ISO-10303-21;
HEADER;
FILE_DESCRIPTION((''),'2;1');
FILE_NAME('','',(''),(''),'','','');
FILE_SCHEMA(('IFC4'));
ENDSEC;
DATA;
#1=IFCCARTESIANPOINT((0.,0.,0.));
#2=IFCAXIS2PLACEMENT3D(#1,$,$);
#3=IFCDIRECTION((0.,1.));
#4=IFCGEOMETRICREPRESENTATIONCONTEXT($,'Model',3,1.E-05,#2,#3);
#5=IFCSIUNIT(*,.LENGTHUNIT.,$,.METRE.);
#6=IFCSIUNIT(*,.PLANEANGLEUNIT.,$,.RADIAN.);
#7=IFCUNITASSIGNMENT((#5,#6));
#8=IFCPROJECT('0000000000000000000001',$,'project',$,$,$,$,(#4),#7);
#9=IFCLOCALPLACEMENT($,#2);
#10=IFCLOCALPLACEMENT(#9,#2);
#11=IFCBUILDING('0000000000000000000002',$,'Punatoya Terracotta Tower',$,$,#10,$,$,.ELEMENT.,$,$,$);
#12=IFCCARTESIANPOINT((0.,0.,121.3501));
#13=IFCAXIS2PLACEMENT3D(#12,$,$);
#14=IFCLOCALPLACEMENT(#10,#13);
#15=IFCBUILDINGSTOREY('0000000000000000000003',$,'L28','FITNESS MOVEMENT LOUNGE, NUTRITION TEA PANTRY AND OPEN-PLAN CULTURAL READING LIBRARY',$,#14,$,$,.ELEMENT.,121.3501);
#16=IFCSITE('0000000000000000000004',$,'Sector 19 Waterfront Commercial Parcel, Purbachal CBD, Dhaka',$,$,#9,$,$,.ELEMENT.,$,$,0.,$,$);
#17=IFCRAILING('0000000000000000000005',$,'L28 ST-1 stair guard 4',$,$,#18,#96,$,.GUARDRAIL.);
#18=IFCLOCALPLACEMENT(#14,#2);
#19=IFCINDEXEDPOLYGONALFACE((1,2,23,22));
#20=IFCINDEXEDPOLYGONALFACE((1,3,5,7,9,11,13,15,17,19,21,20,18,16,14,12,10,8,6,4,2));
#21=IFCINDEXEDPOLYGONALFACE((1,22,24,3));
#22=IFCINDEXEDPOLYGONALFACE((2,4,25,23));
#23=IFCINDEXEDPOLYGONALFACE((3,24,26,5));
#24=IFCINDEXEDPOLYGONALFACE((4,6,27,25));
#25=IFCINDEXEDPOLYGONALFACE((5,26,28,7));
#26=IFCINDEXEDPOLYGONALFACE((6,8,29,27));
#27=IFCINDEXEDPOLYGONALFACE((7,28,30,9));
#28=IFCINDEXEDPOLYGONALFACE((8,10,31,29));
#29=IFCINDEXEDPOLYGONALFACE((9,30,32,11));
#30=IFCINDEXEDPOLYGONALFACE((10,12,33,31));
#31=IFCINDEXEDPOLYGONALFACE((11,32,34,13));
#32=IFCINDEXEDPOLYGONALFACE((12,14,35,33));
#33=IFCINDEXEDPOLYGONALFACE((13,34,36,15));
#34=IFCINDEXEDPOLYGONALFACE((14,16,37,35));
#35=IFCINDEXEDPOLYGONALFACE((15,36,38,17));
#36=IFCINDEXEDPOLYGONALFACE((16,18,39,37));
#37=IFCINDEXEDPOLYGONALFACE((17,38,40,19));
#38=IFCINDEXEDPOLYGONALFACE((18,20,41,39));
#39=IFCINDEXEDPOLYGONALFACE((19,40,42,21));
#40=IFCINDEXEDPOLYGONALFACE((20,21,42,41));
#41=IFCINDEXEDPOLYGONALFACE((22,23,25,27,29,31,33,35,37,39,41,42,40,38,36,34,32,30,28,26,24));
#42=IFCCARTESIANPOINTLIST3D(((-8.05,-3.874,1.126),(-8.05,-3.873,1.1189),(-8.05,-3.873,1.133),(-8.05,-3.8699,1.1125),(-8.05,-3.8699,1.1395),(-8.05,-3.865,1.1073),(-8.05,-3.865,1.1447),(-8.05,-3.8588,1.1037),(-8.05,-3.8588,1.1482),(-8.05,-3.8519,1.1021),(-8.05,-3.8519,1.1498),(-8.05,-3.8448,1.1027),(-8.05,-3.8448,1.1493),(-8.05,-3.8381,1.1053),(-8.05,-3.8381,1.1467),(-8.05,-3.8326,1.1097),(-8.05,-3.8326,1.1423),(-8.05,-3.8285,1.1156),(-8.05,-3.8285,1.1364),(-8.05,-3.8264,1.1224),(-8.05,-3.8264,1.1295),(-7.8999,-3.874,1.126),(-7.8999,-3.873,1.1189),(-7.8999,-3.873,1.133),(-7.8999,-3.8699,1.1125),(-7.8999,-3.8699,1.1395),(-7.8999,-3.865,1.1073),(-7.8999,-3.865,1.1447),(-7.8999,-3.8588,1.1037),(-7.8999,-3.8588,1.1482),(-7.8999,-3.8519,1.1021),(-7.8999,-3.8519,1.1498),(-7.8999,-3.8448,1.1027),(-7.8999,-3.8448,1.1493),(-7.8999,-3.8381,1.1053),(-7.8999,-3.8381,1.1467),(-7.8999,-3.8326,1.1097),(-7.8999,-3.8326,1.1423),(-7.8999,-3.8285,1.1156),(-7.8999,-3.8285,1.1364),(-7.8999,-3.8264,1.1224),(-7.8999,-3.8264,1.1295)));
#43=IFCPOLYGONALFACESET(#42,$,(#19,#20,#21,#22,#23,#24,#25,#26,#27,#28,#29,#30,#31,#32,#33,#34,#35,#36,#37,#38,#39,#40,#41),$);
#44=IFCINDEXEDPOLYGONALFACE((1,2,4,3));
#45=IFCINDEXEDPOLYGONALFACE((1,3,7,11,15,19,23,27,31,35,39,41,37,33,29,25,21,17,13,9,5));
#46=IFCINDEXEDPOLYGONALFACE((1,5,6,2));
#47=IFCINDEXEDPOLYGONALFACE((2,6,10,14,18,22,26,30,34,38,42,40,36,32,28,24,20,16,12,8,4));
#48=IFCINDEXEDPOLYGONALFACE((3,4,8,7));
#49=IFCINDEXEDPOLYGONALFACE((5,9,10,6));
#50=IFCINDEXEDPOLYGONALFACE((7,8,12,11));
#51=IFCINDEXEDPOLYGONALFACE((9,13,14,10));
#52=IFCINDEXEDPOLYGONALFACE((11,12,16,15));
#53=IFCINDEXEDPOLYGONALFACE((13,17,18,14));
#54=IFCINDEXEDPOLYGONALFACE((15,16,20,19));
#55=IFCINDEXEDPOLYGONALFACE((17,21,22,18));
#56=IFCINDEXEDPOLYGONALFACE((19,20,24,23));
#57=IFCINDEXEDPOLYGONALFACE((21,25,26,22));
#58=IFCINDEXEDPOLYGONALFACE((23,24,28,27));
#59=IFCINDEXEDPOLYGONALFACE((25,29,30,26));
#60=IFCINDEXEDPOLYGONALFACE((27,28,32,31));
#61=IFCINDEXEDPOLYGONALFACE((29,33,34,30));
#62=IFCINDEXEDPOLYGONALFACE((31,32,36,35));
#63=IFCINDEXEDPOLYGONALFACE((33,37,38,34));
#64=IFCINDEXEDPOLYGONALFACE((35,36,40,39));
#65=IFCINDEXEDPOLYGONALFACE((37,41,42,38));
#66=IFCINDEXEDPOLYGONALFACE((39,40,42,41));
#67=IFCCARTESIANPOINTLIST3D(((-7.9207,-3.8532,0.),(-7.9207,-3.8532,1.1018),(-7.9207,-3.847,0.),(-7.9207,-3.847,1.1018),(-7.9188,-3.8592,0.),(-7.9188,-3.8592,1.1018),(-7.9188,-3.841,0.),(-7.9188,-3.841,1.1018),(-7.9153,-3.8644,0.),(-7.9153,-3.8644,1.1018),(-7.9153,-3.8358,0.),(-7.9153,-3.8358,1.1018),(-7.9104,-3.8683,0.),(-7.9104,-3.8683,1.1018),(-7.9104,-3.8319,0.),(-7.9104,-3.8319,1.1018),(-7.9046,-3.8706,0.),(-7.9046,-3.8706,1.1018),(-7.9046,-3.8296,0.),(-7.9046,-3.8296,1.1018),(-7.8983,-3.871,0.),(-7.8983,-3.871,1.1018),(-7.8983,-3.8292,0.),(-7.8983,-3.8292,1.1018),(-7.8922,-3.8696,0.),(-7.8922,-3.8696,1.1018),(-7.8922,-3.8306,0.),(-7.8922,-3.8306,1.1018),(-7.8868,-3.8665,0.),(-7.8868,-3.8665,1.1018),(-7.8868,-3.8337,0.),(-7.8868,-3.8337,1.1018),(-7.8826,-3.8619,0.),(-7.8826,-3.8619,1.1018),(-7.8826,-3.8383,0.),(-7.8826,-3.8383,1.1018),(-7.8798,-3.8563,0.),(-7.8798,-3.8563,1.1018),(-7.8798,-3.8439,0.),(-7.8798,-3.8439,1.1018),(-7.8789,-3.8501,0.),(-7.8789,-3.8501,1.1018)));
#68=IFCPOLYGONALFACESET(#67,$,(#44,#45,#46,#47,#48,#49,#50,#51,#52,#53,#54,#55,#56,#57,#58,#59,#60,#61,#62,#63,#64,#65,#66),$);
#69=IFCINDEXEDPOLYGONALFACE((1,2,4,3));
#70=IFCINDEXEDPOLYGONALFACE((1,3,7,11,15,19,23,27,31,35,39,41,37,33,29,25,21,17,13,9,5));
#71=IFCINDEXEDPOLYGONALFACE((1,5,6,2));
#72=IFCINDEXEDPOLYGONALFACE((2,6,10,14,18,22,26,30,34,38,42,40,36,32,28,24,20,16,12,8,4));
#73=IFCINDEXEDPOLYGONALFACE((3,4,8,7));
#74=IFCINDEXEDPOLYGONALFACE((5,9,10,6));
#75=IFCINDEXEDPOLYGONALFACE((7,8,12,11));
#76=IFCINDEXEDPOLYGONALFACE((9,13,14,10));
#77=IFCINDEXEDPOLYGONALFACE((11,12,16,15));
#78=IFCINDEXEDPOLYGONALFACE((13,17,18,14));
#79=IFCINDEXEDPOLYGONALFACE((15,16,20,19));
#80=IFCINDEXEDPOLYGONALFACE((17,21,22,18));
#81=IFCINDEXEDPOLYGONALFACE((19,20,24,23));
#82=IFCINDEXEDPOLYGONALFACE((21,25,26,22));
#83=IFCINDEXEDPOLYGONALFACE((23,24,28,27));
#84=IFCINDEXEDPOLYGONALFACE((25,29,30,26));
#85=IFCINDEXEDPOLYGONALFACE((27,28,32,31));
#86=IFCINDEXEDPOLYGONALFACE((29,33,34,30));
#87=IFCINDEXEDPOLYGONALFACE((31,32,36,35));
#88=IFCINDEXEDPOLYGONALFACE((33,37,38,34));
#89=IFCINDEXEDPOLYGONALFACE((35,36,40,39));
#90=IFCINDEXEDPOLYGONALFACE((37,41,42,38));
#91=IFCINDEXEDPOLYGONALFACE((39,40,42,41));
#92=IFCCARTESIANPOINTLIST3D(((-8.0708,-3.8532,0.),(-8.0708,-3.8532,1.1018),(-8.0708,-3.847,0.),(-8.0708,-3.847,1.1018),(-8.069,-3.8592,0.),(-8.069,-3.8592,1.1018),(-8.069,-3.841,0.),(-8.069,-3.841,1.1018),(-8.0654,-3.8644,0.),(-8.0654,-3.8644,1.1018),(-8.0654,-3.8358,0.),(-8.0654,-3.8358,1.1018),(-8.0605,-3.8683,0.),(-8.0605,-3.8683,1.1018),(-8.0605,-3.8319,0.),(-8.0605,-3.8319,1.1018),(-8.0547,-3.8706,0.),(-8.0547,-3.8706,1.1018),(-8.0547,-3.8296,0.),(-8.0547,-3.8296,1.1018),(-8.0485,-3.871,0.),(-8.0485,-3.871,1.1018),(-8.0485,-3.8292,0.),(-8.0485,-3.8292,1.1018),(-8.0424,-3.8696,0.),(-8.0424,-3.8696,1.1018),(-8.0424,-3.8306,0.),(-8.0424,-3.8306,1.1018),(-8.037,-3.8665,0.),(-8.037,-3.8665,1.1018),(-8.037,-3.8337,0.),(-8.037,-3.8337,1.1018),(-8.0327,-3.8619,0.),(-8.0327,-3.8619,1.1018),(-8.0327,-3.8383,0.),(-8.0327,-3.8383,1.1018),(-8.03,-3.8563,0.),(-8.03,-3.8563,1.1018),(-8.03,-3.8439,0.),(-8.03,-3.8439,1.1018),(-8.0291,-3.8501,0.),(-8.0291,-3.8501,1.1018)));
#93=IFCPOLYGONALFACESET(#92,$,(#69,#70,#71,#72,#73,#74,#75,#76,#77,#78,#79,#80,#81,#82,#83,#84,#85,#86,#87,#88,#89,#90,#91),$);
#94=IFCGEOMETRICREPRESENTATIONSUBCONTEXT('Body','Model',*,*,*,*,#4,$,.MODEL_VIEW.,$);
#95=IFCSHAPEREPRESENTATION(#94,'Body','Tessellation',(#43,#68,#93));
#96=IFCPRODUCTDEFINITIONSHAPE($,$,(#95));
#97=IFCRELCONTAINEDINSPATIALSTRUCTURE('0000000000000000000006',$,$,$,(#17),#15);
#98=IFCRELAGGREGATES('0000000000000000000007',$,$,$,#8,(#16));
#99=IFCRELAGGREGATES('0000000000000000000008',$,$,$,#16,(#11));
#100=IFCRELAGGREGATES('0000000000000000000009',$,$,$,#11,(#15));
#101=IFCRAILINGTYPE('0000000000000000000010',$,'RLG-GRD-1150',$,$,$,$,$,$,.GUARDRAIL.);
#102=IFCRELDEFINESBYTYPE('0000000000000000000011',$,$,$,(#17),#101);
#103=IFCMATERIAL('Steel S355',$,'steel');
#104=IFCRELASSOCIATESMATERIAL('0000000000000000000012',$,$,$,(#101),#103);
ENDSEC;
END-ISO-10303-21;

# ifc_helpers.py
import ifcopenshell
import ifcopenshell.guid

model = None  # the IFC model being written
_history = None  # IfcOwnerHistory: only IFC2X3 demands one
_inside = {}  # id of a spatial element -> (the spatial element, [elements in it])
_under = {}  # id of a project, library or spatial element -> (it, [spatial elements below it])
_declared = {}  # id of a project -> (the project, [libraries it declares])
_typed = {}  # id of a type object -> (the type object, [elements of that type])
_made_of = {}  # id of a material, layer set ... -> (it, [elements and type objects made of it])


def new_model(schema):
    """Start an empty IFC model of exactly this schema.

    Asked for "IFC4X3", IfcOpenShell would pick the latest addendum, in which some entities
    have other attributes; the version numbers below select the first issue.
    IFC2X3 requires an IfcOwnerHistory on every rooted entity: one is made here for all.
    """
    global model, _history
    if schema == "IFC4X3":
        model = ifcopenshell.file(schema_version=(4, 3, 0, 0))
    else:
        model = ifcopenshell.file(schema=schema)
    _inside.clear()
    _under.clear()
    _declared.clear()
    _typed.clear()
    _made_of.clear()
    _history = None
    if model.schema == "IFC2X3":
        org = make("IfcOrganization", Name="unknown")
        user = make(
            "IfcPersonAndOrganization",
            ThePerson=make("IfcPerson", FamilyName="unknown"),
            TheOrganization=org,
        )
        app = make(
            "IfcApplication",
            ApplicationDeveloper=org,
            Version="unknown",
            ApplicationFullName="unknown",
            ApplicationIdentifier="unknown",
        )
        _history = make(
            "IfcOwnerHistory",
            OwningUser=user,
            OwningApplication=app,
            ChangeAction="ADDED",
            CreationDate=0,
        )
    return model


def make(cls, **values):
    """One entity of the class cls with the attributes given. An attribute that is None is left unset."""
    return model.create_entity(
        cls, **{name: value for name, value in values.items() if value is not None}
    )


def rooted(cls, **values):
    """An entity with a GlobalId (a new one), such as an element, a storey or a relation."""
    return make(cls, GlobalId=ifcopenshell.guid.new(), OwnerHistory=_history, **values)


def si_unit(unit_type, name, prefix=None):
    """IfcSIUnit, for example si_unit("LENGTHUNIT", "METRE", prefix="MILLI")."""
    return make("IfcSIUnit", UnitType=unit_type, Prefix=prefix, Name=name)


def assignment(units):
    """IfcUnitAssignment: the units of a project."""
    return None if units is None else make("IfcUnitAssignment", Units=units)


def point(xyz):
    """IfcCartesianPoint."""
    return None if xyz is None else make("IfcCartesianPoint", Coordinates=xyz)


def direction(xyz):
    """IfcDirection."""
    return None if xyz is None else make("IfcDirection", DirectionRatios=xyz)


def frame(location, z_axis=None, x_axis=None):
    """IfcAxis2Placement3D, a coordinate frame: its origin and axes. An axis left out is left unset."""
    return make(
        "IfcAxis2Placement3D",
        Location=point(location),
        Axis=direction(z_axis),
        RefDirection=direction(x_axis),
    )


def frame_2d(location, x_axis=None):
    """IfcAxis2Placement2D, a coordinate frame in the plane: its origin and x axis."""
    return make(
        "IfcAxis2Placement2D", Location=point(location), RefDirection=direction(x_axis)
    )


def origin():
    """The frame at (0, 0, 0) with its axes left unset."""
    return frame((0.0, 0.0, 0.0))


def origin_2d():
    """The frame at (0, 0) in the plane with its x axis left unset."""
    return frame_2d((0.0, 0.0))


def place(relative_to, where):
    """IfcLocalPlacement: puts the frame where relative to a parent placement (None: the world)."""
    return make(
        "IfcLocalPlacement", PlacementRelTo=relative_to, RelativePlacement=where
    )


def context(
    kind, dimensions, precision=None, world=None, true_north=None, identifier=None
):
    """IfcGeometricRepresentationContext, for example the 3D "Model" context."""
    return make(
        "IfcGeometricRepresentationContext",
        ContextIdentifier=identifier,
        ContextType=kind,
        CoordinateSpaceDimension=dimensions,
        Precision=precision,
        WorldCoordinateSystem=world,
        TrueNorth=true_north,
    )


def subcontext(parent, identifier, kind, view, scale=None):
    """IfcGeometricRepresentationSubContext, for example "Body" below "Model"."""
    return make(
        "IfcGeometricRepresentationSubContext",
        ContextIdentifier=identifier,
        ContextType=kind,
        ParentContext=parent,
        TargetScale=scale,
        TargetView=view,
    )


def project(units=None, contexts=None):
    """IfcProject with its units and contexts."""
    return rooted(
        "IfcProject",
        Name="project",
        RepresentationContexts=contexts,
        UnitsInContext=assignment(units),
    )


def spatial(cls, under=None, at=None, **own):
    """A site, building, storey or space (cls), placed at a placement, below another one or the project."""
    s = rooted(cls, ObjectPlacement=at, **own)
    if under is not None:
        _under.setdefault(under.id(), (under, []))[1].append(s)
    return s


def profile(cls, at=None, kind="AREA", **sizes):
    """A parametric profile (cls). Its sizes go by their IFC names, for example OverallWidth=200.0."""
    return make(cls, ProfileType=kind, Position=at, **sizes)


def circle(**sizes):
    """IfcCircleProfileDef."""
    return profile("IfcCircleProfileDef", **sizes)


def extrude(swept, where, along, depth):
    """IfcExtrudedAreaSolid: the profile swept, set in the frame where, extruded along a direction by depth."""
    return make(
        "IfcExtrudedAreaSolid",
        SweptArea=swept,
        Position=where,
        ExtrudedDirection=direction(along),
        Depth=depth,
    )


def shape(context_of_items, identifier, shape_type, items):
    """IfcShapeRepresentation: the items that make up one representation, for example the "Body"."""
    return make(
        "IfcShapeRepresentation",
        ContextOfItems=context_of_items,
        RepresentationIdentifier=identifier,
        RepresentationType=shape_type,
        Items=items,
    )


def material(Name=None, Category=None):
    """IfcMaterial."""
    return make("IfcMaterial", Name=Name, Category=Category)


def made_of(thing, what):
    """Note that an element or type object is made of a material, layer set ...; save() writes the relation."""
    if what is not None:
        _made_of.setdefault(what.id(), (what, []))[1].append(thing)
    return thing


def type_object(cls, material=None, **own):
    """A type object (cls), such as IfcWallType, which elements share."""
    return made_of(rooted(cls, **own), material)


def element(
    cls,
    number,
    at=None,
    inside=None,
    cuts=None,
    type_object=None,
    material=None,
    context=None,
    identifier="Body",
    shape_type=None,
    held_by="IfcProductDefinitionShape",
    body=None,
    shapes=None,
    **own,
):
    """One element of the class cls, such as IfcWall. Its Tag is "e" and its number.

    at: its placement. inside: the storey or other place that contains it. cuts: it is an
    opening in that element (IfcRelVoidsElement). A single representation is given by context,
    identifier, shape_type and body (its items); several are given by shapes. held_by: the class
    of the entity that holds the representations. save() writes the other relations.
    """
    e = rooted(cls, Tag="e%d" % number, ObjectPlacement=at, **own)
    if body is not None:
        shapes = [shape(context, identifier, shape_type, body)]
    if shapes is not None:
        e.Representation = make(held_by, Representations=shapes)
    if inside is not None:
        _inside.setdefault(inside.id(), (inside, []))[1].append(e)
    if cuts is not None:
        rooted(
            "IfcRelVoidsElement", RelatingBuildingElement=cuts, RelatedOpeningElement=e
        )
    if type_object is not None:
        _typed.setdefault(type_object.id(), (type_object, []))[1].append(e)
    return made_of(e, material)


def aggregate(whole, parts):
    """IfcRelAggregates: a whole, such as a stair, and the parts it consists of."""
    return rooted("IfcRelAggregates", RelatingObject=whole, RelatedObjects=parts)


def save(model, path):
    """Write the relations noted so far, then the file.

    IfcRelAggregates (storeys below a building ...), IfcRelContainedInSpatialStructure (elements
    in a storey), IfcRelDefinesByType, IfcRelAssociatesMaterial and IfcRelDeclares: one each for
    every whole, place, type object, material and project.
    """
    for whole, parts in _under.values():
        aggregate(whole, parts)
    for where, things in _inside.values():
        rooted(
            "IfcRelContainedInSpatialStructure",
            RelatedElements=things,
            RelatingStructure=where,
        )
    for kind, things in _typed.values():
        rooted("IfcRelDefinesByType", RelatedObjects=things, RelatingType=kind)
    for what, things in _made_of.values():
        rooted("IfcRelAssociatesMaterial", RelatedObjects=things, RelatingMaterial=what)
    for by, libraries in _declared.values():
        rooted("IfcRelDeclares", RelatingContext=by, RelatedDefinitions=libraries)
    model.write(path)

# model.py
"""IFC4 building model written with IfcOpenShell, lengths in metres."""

from ifc_helpers import new_model, si_unit, direction, frame, origin, origin_2d, place, context, subcontext, project, spatial, circle, extrude, material, type_object, element, save


model = new_model("IFC4")

# Units and contexts
model_context = context("Model", 3, precision=1e-05, world=origin(), true_north=direction((0.0, 1.0)))
body_context = subcontext(model_context, "Body", "Model", "MODEL_VIEW")
ifc_project = project(units=[si_unit("LENGTHUNIT", "METRE"), si_unit("PLANEANGLEUNIT", "RADIAN")], contexts=[model_context])

# Site, building, storey
site_placement = place(None, origin())
site = spatial("IfcSite", under=ifc_project, at=site_placement, Name="Sector 19 Waterfront Commercial Parcel, Purbachal CBD, Dhaka", CompositionType="ELEMENT", RefElevation=0.0)
building_placement = place(site_placement, origin())
building = spatial("IfcBuilding", under=site, at=building_placement, Name="Punatoya Terracotta Tower", CompositionType="ELEMENT")
storey_placement = place(building_placement, frame((0.0, 0.0, 121.3501)))
storey = spatial("IfcBuildingStorey", under=building, at=storey_placement, Name="L28", Description="FITNESS MOVEMENT LOUNGE, NUTRITION TEA PANTRY AND OPEN-PLAN CULTURAL READING LIBRARY", CompositionType="ELEMENT", Elevation=121.3501)

# Railing
ifc_material_1 = material(Name="Steel S355", Category="steel")
railing_type_1 = type_object("IfcRailingType", Name="RLG-GRD-1150", PredefinedType="GUARDRAIL", material=ifc_material_1)
railing_1_placement = place(storey_placement, frame((-7.8999, -3.8501, 0.0)))
element("IfcRailing", 1, at=railing_1_placement, inside=storey, type_object=railing_type_1, Name="L28 ST-1 stair guard 4", PredefinedType="GUARDRAIL", context=body_context, shape_type="SweptSolid", body=[
    extrude(circle(Radius=0.0239, at=origin_2d()), frame((0.0, 0.0, 1.126), z_axis=(-1.0, 0.0, 0.0), x_axis=(0.0, -1.0, 0.0)), (0.0, 0.0, 1.0), 0.1501),
    extrude(circle(Radius=0.021, at=origin_2d()), origin(), (0.0, 0.0, 1.0), 1.1018),
    extrude(circle(Radius=0.021, at=origin_2d()), frame((-0.1501, 0.0, 0.0)), (0.0, 0.0, 1.0), 1.1018),
])

save(model, "model.ifc")
